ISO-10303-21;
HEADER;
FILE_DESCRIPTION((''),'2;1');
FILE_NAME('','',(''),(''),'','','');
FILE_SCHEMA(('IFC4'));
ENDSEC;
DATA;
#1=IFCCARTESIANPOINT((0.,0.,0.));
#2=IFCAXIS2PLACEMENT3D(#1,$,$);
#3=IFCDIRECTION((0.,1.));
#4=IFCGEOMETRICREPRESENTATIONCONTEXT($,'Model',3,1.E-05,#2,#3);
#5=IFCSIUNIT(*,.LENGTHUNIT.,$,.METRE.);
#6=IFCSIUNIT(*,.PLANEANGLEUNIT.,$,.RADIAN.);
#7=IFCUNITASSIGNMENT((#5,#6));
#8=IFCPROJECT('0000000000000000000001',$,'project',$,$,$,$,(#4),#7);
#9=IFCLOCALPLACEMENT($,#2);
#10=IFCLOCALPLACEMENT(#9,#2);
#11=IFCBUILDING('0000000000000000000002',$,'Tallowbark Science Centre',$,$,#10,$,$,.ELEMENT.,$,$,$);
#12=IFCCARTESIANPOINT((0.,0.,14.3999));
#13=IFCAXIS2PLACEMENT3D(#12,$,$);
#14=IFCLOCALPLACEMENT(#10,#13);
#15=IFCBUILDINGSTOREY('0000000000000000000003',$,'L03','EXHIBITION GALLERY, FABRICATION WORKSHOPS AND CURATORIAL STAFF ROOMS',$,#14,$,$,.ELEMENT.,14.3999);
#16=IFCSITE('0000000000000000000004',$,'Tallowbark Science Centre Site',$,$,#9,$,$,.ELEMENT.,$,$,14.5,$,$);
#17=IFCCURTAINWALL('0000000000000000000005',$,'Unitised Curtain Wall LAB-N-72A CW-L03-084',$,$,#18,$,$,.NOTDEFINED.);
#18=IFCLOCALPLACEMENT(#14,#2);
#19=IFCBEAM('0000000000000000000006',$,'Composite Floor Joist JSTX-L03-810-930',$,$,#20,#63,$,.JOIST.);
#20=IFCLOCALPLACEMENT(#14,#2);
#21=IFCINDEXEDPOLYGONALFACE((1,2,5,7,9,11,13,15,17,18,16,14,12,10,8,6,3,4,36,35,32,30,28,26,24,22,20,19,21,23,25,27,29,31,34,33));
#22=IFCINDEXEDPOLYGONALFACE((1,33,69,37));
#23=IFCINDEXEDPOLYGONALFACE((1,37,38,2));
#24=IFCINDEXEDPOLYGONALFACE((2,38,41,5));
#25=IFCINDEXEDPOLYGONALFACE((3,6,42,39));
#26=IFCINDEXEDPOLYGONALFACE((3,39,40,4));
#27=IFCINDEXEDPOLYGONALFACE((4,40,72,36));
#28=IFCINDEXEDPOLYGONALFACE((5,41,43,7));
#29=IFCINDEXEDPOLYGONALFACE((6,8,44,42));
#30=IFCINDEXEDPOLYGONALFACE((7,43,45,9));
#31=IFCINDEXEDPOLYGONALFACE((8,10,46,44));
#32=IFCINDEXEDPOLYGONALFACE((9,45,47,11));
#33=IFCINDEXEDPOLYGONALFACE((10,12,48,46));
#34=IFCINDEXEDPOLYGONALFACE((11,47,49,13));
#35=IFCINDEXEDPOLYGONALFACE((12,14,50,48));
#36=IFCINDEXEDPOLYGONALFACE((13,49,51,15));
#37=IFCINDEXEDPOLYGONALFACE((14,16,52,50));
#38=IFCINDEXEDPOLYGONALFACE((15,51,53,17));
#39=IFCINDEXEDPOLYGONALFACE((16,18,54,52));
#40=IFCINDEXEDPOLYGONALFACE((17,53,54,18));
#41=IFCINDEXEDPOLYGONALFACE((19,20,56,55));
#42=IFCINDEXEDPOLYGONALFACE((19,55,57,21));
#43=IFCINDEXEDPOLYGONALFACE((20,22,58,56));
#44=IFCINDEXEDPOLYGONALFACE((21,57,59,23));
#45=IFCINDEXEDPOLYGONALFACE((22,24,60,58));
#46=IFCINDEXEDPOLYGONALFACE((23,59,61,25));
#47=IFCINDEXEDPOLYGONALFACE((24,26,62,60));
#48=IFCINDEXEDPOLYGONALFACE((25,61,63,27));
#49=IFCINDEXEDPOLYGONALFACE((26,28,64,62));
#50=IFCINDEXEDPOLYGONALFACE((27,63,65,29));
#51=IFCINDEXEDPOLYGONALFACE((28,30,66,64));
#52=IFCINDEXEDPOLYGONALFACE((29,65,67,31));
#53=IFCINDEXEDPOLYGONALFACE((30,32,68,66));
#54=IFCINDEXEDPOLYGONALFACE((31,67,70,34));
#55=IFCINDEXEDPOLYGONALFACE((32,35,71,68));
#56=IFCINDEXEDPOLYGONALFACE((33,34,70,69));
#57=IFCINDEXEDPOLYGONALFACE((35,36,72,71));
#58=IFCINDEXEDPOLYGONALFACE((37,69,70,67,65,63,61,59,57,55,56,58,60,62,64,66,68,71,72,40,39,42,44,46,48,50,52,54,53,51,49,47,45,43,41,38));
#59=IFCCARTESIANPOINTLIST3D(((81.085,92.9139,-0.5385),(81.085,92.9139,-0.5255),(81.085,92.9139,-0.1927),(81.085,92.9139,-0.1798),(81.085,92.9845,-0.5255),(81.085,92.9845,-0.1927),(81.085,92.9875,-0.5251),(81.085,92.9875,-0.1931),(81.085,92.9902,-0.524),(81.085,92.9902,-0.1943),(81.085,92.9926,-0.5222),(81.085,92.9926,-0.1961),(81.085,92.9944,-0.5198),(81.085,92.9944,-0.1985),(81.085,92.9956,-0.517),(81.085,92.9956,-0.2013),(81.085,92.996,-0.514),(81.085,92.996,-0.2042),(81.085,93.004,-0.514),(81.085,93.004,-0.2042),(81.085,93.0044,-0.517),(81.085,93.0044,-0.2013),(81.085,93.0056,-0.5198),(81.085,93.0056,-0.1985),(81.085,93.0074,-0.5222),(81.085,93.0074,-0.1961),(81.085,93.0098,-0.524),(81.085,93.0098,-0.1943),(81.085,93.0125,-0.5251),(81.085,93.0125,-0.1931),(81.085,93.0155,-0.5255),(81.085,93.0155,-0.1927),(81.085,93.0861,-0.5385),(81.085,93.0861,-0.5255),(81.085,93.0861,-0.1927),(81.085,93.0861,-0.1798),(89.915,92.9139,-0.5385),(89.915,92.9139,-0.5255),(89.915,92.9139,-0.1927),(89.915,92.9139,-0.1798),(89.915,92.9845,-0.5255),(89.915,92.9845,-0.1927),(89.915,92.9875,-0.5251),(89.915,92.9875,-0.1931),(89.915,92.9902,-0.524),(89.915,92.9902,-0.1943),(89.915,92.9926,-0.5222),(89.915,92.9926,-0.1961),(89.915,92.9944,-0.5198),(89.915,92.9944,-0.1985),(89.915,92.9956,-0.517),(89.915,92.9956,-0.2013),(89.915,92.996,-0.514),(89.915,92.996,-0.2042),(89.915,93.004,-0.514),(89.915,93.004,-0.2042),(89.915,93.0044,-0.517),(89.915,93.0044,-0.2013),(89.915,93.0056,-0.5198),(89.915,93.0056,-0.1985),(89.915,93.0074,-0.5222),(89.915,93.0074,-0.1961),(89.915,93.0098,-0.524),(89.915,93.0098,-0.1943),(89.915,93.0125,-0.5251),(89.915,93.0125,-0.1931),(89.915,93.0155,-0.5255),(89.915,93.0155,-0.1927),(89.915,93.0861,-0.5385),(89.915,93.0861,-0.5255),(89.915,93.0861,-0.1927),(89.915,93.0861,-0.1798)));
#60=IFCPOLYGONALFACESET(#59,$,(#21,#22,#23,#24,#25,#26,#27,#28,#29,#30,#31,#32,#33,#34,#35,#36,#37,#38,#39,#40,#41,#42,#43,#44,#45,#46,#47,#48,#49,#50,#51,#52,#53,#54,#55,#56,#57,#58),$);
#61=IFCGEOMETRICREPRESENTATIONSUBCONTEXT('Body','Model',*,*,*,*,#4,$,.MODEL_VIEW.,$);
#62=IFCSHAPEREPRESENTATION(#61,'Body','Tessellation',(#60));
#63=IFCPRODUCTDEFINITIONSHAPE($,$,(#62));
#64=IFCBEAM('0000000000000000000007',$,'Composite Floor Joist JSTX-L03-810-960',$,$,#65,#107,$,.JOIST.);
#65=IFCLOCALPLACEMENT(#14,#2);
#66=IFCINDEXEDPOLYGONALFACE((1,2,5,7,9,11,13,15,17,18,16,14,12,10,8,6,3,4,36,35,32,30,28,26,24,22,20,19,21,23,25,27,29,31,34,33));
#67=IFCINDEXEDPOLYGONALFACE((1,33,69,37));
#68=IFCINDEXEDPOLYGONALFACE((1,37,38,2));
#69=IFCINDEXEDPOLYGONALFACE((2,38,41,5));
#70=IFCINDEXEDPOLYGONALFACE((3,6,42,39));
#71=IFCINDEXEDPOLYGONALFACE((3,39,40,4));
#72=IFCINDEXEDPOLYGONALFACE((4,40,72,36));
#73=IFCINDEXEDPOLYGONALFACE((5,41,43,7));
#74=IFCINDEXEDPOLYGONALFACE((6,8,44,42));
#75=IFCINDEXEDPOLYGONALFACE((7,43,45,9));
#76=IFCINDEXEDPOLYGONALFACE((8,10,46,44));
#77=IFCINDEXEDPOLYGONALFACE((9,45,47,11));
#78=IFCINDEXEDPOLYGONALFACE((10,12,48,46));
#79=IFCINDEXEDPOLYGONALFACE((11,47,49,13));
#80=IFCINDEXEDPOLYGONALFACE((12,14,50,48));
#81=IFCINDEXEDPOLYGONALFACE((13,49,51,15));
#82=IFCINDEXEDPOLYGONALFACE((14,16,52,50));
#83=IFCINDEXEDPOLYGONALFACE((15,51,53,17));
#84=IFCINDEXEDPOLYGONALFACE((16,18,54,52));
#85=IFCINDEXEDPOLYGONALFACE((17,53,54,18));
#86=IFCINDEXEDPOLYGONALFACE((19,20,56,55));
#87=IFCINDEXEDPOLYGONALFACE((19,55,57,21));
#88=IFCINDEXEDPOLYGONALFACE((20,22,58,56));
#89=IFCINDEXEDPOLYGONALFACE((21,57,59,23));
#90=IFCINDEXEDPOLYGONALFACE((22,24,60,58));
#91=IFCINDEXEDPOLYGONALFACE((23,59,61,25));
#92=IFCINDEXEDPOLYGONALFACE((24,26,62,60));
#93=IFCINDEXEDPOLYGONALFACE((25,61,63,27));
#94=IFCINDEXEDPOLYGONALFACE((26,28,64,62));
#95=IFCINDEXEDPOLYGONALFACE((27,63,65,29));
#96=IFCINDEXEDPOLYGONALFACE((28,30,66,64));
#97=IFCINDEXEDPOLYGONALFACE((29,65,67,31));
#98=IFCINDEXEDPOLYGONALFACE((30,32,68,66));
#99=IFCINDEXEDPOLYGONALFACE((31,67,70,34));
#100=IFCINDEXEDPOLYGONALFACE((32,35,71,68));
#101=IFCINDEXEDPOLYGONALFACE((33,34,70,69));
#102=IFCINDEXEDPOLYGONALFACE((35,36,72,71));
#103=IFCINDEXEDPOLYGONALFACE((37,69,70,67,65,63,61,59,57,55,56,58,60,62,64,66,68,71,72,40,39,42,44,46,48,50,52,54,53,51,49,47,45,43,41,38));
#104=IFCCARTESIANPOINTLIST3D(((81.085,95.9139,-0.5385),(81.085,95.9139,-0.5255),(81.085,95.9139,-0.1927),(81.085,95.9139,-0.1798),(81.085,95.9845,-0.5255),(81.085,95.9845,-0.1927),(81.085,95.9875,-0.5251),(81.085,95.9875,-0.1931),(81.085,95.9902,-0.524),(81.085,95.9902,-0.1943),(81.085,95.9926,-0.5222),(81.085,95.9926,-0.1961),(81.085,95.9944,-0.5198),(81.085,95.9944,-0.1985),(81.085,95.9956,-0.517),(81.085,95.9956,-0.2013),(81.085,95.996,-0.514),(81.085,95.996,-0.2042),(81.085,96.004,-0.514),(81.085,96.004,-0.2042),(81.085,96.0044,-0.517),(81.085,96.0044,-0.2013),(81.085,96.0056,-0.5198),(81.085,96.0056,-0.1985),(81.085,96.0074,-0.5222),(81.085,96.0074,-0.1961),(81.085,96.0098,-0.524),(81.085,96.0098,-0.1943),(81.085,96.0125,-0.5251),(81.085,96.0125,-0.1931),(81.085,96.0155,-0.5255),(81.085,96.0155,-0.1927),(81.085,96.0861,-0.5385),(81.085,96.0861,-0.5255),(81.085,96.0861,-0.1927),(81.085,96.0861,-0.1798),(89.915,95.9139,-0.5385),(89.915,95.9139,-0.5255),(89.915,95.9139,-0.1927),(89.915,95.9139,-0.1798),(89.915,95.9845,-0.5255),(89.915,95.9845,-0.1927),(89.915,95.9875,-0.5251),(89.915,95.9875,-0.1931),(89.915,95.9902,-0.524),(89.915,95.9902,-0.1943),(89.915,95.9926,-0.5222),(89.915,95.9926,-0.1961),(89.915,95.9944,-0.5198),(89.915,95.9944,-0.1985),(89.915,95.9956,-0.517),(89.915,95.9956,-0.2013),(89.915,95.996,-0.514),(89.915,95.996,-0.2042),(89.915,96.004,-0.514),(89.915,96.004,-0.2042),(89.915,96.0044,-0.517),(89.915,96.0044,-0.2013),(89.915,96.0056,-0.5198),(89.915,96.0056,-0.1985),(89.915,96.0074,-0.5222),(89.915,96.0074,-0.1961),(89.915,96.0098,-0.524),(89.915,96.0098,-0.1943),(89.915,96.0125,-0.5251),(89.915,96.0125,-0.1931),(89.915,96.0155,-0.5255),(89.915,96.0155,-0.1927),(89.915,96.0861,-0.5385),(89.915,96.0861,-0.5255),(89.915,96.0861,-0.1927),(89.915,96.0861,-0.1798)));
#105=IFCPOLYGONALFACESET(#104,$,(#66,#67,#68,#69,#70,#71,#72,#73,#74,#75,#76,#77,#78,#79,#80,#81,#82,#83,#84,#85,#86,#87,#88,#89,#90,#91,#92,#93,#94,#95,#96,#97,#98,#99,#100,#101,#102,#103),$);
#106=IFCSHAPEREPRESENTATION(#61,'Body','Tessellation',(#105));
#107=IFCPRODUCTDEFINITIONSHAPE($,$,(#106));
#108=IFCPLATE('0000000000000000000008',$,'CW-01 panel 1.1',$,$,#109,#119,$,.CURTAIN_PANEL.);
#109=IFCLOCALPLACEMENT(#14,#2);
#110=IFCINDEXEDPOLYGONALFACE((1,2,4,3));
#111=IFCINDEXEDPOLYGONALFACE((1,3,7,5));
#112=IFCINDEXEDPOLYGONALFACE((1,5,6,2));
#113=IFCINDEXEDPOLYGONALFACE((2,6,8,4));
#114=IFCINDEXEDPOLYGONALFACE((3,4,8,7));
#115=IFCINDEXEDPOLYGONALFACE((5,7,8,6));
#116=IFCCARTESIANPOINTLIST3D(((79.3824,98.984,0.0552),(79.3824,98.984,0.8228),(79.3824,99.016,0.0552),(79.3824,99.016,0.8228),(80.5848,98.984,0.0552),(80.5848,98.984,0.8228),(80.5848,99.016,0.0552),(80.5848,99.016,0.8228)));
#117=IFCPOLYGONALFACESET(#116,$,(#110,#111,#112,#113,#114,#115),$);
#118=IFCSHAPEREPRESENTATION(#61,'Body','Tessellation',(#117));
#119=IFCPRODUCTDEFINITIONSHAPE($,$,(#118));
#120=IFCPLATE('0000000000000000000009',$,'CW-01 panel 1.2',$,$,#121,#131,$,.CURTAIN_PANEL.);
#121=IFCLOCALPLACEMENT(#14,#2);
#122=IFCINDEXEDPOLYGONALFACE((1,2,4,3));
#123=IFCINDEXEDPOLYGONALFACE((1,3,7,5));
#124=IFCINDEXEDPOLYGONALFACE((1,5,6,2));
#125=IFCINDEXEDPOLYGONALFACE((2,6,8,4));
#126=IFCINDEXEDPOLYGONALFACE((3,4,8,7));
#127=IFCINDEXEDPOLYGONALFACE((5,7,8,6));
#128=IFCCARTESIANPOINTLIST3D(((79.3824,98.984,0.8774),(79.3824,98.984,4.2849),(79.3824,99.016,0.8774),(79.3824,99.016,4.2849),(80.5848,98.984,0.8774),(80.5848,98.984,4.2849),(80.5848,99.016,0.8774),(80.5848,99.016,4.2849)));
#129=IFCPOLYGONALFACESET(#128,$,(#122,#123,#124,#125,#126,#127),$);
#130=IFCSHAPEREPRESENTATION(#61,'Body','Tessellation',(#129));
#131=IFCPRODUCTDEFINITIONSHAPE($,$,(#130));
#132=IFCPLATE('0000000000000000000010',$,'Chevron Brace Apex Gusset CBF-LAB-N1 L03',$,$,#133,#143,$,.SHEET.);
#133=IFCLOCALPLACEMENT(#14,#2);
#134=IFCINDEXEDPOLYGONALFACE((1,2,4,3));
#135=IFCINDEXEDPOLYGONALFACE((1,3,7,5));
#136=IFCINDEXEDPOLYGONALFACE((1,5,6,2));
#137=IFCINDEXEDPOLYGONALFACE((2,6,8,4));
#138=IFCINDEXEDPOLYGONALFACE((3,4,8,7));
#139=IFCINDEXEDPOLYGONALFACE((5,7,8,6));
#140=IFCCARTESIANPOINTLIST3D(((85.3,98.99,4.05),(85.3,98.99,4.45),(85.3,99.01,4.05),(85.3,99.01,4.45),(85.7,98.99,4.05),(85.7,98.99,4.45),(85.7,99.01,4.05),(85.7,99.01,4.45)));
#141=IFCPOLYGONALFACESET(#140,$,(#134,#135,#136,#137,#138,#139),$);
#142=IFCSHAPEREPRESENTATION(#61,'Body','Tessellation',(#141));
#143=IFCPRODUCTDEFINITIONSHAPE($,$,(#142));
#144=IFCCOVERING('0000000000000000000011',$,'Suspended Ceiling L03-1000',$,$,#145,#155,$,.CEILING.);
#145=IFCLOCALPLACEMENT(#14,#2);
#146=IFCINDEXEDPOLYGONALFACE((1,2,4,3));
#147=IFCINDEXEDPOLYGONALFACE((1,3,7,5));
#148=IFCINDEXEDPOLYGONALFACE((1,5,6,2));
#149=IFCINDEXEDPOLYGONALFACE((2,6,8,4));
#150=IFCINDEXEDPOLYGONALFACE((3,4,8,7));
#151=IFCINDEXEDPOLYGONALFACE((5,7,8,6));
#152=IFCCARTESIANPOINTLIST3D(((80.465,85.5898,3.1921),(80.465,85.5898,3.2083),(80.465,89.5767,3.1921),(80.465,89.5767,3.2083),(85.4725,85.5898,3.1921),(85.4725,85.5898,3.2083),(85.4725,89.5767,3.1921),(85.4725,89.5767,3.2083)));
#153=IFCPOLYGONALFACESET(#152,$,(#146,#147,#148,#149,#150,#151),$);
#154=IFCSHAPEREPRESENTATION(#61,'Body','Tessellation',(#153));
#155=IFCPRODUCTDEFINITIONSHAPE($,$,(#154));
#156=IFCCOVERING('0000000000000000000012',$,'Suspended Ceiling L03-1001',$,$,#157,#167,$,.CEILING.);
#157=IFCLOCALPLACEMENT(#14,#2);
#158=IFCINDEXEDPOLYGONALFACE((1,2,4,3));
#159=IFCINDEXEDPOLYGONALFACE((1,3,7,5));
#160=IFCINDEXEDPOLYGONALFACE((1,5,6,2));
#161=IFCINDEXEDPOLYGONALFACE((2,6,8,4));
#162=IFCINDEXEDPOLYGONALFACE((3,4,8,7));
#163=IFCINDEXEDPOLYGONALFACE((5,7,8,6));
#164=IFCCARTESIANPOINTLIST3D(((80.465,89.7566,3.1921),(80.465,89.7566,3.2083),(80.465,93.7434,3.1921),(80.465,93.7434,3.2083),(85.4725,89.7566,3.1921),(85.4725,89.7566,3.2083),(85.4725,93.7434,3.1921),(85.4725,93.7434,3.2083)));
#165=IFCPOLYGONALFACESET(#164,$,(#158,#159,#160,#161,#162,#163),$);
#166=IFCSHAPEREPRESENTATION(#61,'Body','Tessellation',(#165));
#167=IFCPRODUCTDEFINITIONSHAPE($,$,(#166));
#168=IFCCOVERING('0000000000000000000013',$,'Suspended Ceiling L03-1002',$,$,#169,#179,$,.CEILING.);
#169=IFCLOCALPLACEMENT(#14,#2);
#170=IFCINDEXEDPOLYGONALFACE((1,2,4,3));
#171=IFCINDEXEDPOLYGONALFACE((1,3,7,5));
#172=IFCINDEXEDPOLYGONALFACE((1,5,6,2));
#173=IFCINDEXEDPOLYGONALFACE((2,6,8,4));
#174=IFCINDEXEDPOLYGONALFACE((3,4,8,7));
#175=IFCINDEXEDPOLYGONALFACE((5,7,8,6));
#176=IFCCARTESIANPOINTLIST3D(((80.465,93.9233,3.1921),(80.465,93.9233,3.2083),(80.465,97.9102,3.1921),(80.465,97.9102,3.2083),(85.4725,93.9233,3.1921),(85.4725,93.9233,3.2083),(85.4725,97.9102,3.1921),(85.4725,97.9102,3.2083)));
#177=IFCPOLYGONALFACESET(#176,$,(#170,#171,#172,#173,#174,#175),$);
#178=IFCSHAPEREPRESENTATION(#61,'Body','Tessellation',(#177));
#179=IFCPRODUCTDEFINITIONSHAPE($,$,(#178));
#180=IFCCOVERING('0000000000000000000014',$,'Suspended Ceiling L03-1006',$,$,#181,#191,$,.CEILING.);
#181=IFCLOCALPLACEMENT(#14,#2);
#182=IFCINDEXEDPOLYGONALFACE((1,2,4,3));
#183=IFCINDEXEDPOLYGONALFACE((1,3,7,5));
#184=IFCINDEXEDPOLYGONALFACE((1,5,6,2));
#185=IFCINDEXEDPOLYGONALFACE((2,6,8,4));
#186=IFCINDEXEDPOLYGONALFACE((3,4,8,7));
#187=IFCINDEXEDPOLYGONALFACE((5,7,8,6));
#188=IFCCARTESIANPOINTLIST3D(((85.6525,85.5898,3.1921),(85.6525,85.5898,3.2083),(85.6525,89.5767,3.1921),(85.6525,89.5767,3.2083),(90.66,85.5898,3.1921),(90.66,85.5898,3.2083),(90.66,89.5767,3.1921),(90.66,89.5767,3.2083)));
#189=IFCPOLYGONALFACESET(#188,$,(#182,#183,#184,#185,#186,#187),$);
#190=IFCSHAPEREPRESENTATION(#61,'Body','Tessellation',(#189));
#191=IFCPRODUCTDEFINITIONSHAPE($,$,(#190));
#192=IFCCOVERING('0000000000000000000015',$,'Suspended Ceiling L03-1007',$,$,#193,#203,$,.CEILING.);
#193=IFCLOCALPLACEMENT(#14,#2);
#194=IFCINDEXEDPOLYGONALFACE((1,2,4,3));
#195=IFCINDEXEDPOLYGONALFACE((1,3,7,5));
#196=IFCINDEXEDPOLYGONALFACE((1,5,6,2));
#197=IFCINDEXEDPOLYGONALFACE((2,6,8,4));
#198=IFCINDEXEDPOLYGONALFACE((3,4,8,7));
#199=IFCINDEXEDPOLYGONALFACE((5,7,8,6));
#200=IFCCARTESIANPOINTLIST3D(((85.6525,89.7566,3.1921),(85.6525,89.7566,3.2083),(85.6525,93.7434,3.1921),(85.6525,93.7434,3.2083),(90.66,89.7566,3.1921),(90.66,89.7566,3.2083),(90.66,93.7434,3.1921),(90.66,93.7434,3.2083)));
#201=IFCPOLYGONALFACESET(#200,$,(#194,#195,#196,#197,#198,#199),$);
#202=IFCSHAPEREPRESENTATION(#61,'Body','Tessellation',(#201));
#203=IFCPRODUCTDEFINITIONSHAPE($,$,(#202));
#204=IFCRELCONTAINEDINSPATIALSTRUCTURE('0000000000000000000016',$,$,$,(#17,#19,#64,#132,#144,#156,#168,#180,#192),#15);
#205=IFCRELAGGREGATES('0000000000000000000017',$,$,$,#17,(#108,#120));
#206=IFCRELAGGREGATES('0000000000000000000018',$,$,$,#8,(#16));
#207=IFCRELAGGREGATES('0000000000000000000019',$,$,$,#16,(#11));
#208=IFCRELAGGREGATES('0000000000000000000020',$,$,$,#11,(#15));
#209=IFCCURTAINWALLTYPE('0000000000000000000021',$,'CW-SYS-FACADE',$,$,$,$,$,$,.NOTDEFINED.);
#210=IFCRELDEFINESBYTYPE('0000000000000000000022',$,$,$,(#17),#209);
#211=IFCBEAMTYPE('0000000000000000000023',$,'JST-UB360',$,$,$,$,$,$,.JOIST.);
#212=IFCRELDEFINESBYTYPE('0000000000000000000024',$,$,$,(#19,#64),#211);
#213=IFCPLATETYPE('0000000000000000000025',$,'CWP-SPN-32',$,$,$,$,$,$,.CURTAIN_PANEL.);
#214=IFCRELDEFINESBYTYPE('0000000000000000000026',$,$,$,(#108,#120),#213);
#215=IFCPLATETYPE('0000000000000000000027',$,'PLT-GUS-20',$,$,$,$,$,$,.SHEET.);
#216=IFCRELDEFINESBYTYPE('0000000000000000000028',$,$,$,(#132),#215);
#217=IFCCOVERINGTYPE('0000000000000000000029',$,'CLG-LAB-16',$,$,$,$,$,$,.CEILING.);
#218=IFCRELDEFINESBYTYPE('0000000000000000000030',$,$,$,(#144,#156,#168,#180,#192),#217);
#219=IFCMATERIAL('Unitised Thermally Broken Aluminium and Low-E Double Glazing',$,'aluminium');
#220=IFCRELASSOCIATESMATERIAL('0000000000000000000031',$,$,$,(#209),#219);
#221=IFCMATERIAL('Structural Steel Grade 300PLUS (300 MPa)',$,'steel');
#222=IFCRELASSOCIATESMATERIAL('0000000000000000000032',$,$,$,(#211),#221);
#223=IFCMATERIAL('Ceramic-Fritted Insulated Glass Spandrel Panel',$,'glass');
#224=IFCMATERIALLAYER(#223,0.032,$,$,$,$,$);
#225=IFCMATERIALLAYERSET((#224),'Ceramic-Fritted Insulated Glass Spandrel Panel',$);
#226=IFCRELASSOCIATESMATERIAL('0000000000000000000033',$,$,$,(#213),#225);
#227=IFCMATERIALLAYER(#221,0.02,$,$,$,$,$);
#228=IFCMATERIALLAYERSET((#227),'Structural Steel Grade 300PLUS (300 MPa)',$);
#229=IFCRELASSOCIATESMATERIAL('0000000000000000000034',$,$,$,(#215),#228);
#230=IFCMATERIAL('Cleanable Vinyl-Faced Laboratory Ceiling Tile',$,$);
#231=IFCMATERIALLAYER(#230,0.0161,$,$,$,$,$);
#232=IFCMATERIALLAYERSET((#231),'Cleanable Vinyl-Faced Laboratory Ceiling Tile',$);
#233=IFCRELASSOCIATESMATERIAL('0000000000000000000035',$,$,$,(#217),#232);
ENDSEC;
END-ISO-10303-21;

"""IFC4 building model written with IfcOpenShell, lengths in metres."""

from ifc_helpers import new_model, si_unit, direction, frame, origin, origin_2d, place, context, subcontext, project, spatial, rectangle, i_section, extrude, material, layer, layer_set, material_profile, profile_set, type_object, element, aggregate, save


model = new_model("IFC4")

# Units and contexts
model_context = context("Model", 3, precision=1e-05, world=origin(), true_north=direction((0.0, 1.0)))
body_context = subcontext(model_context, "Body", "Model", "MODEL_VIEW")
ifc_project = project(units=[si_unit("LENGTHUNIT", "METRE"), si_unit("PLANEANGLEUNIT", "RADIAN")], contexts=[model_context])

# Site, building, storey
site_placement = place(None, origin())
site = spatial("IfcSite", under=ifc_project, at=site_placement, Name="Tallowbark Science Centre Site", CompositionType="ELEMENT", RefElevation=14.5)
building_placement = place(site_placement, origin())
building = spatial("IfcBuilding", under=site, at=building_placement, Name="Tallowbark Science Centre", CompositionType="ELEMENT")
storey_placement = place(building_placement, frame((0.0, 0.0, 14.3999)))
storey = spatial("IfcBuildingStorey", under=building, at=storey_placement, Name="L03", Description="EXHIBITION GALLERY, FABRICATION WORKSHOPS AND CURATORIAL STAFF ROOMS", CompositionType="ELEMENT", Elevation=14.3999)

# Shared definitions
ifc_material_1 = material(Name="Structural Steel Grade 300PLUS (300 MPa)", Category="steel")

# Curtain wall
ifc_material_2 = material(Name="Unitised Thermally Broken Aluminium and Low-E Double Glazing", Category="aluminium")
curtain_wall_type = type_object("IfcCurtainWallType", Name="CW-SYS-FACADE", PredefinedType="NOTDEFINED", material=ifc_material_2)
curtain_wall_placement = place(storey_placement, origin())
curtain_wall = element("IfcCurtainWall", 1, at=curtain_wall_placement, inside=storey, type_object=curtain_wall_type, Name="Unitised Curtain Wall LAB-N-72A CW-L03-084", PredefinedType="NOTDEFINED")

# Beams
ifc_material_profile_1 = material_profile(ifc_material_1, i_section(OverallWidth=0.1721, OverallDepth=0.3586, WebThickness=0.0081, FlangeThickness=0.0129, FilletRadius=0.0115, at=origin_2d()), Name="360UB56.7")
ifc_profile_set_1 = profile_set([ifc_material_profile_1], Name="Structural Steel Grade 300PLUS (300 MPa)")
beam_type_1 = type_object("IfcBeamType", Name="JST-UB360", PredefinedType="JOIST", material=ifc_profile_set_1)
for number, where, z_axis, x_axis, name in (
    (2, (81.085, 93.0, -0.3591), (1.0, 0.0, 0.0), (0.0, 1.0, 0.0), "Composite Floor Joist JSTX-L03-810-930"),
    (3, (81.085, 96.0, -0.3591), (1.0, 0.0, 0.0), (0.0, 1.0, 0.0), "Composite Floor Joist JSTX-L03-810-960"),
):
    element("IfcBeam", number, at=place(storey_placement, frame(where, z_axis=z_axis, x_axis=x_axis)), inside=storey, type_object=beam_type_1, Name=name, PredefinedType="JOIST", context=body_context, shape_type="SweptSolid", body=[
        extrude(i_section(OverallWidth=0.1721, OverallDepth=0.3586, WebThickness=0.0081, FlangeThickness=0.0129, FilletRadius=0.0115, at=origin_2d()), origin(), (0.0, 0.0, 1.0), 8.8301),
    ])

# Plates
ifc_material_3 = material(Name="Ceramic-Fritted Insulated Glass Spandrel Panel", Category="glass")
ifc_layer_1 = layer(ifc_material_3, 0.032)
ifc_layer_set_1 = layer_set([ifc_layer_1], Name="Ceramic-Fritted Insulated Glass Spandrel Panel")
plate_type_1 = type_object("IfcPlateType", Name="CWP-SPN-32", PredefinedType="CURTAIN_PANEL", material=ifc_layer_set_1)
plate_1_placement = place(storey_placement, frame((79.9836, 99.0, 0.0552), z_axis=(0.0, 0.0, 1.0), x_axis=(-1.0, 0.0, 0.0)))
plate_1 = element("IfcPlate", 4, at=plate_1_placement, type_object=plate_type_1, Name="CW-01 panel 1.1", PredefinedType="CURTAIN_PANEL", context=body_context, shape_type="SweptSolid", body=[
    extrude(rectangle(XDim=1.2024, YDim=0.032, at=origin_2d()), origin(), (0.0, 0.0, 1.0), 0.7676),
])
plate_2_placement = place(storey_placement, frame((79.9836, 99.0, 0.8774), z_axis=(0.0, 0.0, 1.0), x_axis=(-1.0, 0.0, 0.0)))
plate_2 = element("IfcPlate", 5, at=plate_2_placement, type_object=plate_type_1, Name="CW-01 panel 1.2", PredefinedType="CURTAIN_PANEL", context=body_context, shape_type="SweptSolid", body=[
    extrude(rectangle(XDim=1.2024, YDim=0.032, at=origin_2d()), origin(), (0.0, 0.0, 1.0), 3.4075),
])
aggregate(curtain_wall, [plate_1, plate_2])
ifc_layer_2 = layer(ifc_material_1, 0.02)
ifc_layer_set_2 = layer_set([ifc_layer_2], Name="Structural Steel Grade 300PLUS (300 MPa)")
plate_type_2 = type_object("IfcPlateType", Name="PLT-GUS-20", PredefinedType="SHEET", material=ifc_layer_set_2)
plate_3_placement = place(storey_placement, frame((85.5, 99.0, 4.05), z_axis=(0.0, 0.0, 1.0), x_axis=(1.0, 0.0, 0.0)))
element("IfcPlate", 6, at=plate_3_placement, inside=storey, type_object=plate_type_2, Name="Chevron Brace Apex Gusset CBF-LAB-N1 L03", PredefinedType="SHEET", context=body_context, shape_type="SweptSolid", body=[
    extrude(rectangle(XDim=0.3999, YDim=0.02, at=origin_2d()), origin(), (0.0, 0.0, 1.0), 0.3999),
])

# Coverings
ifc_material_4 = material(Name="Cleanable Vinyl-Faced Laboratory Ceiling Tile")
ifc_layer_3 = layer(ifc_material_4, 0.0161)
ifc_layer_set_3 = layer_set([ifc_layer_3], Name="Cleanable Vinyl-Faced Laboratory Ceiling Tile")
covering_type_1 = type_object("IfcCoveringType", Name="CLG-LAB-16", PredefinedType="CEILING", material=ifc_layer_set_3)
for number, where, z_axis, x_axis, name in (
    (7, (82.9688, 87.5833, 3.1921), (0.0, 0.0, 1.0), (1.0, 0.0, 0.0), "Suspended Ceiling L03-1000"),
    (8, (82.9688, 91.75, 3.1921), (0.0, 0.0, 1.0), (1.0, 0.0, 0.0), "Suspended Ceiling L03-1001"),
    (9, (82.9688, 95.9167, 3.1921), (0.0, 0.0, 1.0), (1.0, 0.0, 0.0), "Suspended Ceiling L03-1002"),
    (10, (88.1562, 87.5833, 3.1921), (0.0, 0.0, 1.0), (1.0, 0.0, 0.0), "Suspended Ceiling L03-1006"),
    (11, (88.1562, 91.75, 3.1921), (0.0, 0.0, 1.0), (1.0, 0.0, 0.0), "Suspended Ceiling L03-1007"),
):
    element("IfcCovering", number, at=place(storey_placement, frame(where, z_axis=z_axis, x_axis=x_axis)), inside=storey, type_object=covering_type_1, Name=name, PredefinedType="CEILING", context=body_context, shape_type="SweptSolid", body=[
        extrude(rectangle(XDim=5.0076, YDim=3.9868, at=origin_2d()), origin(), (0.0, 0.0, 1.0), 0.0161),
    ])

save(model, "model.ifc")
